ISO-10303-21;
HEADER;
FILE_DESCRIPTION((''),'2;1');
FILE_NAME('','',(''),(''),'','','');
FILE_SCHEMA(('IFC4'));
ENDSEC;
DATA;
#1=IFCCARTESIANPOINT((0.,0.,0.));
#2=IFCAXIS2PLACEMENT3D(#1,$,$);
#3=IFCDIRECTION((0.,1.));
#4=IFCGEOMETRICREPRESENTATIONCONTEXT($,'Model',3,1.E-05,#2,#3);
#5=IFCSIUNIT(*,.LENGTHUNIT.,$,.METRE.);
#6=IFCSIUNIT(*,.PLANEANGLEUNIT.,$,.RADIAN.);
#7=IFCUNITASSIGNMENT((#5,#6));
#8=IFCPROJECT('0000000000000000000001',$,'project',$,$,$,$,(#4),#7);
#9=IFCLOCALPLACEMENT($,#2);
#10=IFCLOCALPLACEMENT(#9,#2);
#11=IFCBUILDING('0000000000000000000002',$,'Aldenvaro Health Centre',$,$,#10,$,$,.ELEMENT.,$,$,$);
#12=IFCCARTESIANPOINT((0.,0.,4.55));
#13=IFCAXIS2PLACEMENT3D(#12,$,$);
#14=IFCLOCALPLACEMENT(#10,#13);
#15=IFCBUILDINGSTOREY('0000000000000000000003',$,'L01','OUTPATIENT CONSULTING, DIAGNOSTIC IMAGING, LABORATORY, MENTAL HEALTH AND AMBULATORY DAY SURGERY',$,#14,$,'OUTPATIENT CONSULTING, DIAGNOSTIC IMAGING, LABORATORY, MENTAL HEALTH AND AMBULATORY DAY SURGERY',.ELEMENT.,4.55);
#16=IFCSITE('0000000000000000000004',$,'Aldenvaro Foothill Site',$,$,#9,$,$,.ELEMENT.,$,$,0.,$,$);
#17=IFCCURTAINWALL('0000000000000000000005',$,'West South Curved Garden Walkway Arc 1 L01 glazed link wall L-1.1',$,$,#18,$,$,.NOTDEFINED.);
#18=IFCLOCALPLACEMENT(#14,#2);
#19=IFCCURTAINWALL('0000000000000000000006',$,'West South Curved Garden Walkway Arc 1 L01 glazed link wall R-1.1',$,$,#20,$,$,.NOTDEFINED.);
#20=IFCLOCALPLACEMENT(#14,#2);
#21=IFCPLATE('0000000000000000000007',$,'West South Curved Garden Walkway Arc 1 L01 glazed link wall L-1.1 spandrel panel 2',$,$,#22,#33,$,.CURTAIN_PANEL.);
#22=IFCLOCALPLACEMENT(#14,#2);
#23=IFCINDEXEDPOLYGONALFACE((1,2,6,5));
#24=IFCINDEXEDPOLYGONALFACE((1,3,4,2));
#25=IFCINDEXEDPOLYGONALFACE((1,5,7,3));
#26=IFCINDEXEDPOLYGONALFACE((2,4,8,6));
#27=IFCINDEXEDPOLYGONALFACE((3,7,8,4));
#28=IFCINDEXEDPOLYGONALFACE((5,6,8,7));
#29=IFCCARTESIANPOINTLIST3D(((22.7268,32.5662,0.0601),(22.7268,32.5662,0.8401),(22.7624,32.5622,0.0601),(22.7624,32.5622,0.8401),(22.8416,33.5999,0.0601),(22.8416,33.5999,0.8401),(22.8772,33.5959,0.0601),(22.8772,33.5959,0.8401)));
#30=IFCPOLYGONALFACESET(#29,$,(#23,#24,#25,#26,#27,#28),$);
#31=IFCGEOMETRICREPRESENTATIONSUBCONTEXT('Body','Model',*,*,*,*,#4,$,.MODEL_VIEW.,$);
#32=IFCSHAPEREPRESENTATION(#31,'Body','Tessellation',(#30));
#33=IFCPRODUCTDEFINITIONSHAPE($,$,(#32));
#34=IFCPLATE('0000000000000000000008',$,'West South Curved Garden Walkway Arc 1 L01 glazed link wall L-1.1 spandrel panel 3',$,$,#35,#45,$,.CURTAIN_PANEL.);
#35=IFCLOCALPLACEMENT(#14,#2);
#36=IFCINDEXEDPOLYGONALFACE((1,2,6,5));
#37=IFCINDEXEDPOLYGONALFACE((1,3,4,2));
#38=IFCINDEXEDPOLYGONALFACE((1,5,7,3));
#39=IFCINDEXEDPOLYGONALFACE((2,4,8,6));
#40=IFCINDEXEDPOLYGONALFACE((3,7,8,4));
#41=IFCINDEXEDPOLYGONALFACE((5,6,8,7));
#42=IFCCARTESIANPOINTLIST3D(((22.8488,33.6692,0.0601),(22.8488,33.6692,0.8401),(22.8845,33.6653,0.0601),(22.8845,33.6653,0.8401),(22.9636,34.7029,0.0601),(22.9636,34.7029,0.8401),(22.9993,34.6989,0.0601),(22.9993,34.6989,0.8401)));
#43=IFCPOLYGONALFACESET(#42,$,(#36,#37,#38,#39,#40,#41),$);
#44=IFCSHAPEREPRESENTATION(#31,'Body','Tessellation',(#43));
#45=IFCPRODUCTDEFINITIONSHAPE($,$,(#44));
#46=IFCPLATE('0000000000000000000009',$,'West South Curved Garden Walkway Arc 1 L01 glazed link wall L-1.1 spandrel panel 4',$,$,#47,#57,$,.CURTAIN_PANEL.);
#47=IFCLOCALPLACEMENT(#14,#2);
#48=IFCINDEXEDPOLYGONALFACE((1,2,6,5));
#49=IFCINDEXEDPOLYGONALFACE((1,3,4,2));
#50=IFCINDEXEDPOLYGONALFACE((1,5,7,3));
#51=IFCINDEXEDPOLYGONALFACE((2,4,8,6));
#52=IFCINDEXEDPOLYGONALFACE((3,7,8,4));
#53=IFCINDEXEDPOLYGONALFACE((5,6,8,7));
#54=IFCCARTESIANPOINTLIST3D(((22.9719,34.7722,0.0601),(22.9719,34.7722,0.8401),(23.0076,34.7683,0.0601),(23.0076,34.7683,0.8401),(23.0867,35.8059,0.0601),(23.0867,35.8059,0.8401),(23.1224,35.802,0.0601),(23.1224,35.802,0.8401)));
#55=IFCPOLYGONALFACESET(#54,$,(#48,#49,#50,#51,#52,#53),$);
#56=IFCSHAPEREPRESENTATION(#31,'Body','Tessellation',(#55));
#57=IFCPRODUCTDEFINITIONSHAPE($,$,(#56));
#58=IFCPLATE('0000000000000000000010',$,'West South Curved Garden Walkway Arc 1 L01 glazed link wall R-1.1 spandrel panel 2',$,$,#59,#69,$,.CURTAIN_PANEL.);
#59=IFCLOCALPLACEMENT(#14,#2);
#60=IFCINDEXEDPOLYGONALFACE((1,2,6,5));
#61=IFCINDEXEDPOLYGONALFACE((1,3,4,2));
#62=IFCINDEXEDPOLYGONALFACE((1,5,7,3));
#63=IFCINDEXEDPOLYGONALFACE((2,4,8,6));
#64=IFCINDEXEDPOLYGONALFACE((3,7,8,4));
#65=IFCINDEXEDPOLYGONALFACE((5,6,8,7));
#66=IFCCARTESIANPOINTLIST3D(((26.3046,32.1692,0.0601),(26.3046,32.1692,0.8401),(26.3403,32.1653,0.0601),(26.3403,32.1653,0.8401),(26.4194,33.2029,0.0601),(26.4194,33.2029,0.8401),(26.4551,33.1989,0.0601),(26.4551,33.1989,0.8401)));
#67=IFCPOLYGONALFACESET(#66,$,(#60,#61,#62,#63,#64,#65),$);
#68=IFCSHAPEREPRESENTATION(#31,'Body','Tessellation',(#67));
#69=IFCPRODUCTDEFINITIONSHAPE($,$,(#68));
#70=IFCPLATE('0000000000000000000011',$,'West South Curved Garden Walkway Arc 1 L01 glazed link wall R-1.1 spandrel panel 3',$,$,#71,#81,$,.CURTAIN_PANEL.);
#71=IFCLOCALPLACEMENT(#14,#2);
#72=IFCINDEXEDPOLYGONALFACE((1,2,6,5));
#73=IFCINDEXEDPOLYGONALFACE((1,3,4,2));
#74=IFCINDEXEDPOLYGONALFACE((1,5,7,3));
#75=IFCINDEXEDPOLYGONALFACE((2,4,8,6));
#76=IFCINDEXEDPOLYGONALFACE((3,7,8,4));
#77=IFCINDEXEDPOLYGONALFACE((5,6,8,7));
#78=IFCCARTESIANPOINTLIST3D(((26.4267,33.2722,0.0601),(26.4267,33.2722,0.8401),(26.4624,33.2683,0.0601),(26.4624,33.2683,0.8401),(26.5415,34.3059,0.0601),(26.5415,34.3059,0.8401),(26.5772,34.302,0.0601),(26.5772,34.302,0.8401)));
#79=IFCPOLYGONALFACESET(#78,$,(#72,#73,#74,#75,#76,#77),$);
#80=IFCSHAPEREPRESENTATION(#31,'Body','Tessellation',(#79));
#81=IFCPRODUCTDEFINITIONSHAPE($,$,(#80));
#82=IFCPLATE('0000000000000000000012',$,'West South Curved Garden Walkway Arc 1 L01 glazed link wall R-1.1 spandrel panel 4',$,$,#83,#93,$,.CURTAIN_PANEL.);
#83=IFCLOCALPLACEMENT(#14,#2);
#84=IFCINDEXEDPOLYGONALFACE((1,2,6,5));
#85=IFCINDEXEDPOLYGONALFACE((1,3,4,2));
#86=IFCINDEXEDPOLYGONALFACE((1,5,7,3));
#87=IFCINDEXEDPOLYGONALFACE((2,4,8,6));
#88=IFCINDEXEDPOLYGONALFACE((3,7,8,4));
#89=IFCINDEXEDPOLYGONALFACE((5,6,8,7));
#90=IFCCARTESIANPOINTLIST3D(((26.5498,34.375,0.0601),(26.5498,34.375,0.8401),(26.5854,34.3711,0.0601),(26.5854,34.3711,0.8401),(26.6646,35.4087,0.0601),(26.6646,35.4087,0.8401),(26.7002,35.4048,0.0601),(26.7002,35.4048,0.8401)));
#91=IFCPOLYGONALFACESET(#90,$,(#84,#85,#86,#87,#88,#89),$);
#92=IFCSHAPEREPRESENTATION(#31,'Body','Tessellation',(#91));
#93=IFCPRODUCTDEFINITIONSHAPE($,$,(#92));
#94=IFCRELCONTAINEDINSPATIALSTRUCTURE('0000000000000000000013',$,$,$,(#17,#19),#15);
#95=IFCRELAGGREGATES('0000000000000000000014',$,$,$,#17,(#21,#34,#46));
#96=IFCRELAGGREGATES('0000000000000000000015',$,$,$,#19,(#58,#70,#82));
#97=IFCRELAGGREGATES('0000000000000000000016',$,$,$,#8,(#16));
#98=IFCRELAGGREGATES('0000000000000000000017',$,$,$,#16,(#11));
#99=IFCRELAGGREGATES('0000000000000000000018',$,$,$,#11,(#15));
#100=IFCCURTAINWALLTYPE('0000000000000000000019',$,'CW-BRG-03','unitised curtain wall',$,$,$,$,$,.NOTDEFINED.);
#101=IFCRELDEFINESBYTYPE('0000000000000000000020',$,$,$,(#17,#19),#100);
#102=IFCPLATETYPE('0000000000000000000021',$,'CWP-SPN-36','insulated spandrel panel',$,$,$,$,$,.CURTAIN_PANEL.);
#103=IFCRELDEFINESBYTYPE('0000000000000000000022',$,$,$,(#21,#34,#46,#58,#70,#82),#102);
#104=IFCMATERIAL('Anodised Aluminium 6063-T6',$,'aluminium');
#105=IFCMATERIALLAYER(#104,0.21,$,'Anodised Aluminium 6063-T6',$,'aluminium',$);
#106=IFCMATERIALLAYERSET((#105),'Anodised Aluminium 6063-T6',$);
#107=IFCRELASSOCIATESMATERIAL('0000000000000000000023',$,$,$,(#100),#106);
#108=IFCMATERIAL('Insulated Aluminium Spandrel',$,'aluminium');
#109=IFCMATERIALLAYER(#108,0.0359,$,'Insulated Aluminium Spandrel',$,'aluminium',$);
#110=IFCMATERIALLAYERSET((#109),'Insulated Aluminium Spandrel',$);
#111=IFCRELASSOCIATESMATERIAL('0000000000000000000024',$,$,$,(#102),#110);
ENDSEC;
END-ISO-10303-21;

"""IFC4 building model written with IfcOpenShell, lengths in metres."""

from ifc_helpers import new_model, si_unit, direction, frame, origin, origin_2d, place, context, subcontext, project, spatial, rectangle, extrude, material, layer, layer_set, type_object, element, aggregate, save


model = new_model("IFC4")

# Units and contexts
model_context = context("Model", 3, precision=1e-05, world=origin(), true_north=direction((0.0, 1.0)))
body_context = subcontext(model_context, "Body", "Model", "MODEL_VIEW")
ifc_project = project(units=[si_unit("LENGTHUNIT", "METRE"), si_unit("PLANEANGLEUNIT", "RADIAN")], contexts=[model_context])

# Site, building, storey
site_placement = place(None, origin())
site = spatial("IfcSite", under=ifc_project, at=site_placement, Name="Aldenvaro Foothill Site", CompositionType="ELEMENT", RefElevation=0.0)
building_placement = place(site_placement, origin())
building = spatial("IfcBuilding", under=site, at=building_placement, Name="Aldenvaro Health Centre", CompositionType="ELEMENT")
storey_placement = place(building_placement, frame((0.0, 0.0, 4.55)))
storey = spatial("IfcBuildingStorey", under=building, at=storey_placement, Name="L01", Description="OUTPATIENT CONSULTING, DIAGNOSTIC IMAGING, LABORATORY, MENTAL HEALTH AND AMBULATORY DAY SURGERY", LongName="OUTPATIENT CONSULTING, DIAGNOSTIC IMAGING, LABORATORY, MENTAL HEALTH AND AMBULATORY DAY SURGERY", CompositionType="ELEMENT", Elevation=4.55)

# Curtain walls
ifc_material_1 = material(Name="Anodised Aluminium 6063-T6", Category="aluminium")
ifc_layer_1 = layer(ifc_material_1, 0.21, Name="Anodised Aluminium 6063-T6", Category="aluminium")
ifc_layer_set_1 = layer_set([ifc_layer_1], Name="Anodised Aluminium 6063-T6")
curtain_wall_type = type_object("IfcCurtainWallType", Name="CW-BRG-03", Description="unitised curtain wall", PredefinedType="NOTDEFINED", material=ifc_layer_set_1)
curtain_wall_1_placement = place(storey_placement, origin())
curtain_wall_1 = element("IfcCurtainWall", 1, at=curtain_wall_1_placement, inside=storey, type_object=curtain_wall_type, Name="West South Curved Garden Walkway Arc 1 L01 glazed link wall L-1.1", PredefinedType="NOTDEFINED")
curtain_wall_2_placement = place(storey_placement, origin())
curtain_wall_2 = element("IfcCurtainWall", 2, at=curtain_wall_2_placement, inside=storey, type_object=curtain_wall_type, Name="West South Curved Garden Walkway Arc 1 L01 glazed link wall R-1.1", PredefinedType="NOTDEFINED")

# Plates
ifc_material_2 = material(Name="Insulated Aluminium Spandrel", Category="aluminium")
ifc_layer_2 = layer(ifc_material_2, 0.0359, Name="Insulated Aluminium Spandrel", Category="aluminium")
ifc_layer_set_2 = layer_set([ifc_layer_2], Name="Insulated Aluminium Spandrel")
plate_type_1 = type_object("IfcPlateType", Name="CWP-SPN-36", Description="insulated spandrel panel", PredefinedType="CURTAIN_PANEL", material=ifc_layer_set_2)
plate_1_placement = place(storey_placement, frame((22.802, 33.0811, 0.0601), z_axis=(0.0, 0.0, 1.0), x_axis=(0.110382, 0.993889, 0.0)))
plate_1 = element("IfcPlate", 3, at=plate_1_placement, type_object=plate_type_1, Name="West South Curved Garden Walkway Arc 1 L01 glazed link wall L-1.1 spandrel panel 2", PredefinedType="CURTAIN_PANEL", context=body_context, shape_type="SweptSolid", body=[
    extrude(rectangle(XDim=1.04, YDim=0.0359, at=origin_2d()), origin(), (0.0, 0.0, 1.0), 0.78),
])
plate_2_placement = place(storey_placement, frame((22.9241, 34.1841, 0.0601), z_axis=(0.0, 0.0, 1.0), x_axis=(0.110382, 0.993889, 0.0)))
plate_2 = element("IfcPlate", 4, at=plate_2_placement, type_object=plate_type_1, Name="West South Curved Garden Walkway Arc 1 L01 glazed link wall L-1.1 spandrel panel 3", PredefinedType="CURTAIN_PANEL", context=body_context, shape_type="SweptSolid", body=[
    extrude(rectangle(XDim=1.04, YDim=0.0359, at=origin_2d()), origin(), (0.0, 0.0, 1.0), 0.78),
])
plate_3_placement = place(storey_placement, frame((23.0471, 35.2871, 0.0601), z_axis=(0.0, 0.0, 1.0), x_axis=(0.110382, 0.993889, 0.0)))
plate_3 = element("IfcPlate", 5, at=plate_3_placement, type_object=plate_type_1, Name="West South Curved Garden Walkway Arc 1 L01 glazed link wall L-1.1 spandrel panel 4", PredefinedType="CURTAIN_PANEL", context=body_context, shape_type="SweptSolid", body=[
    extrude(rectangle(XDim=1.04, YDim=0.0359, at=origin_2d()), origin(), (0.0, 0.0, 1.0), 0.78),
])
aggregate(curtain_wall_1, [plate_1, plate_2, plate_3])
plate_4_placement = place(storey_placement, frame((26.3799, 32.6841, 0.0601), z_axis=(0.0, 0.0, 1.0), x_axis=(0.110382, 0.993889, 0.0)))
plate_4 = element("IfcPlate", 6, at=plate_4_placement, type_object=plate_type_1, Name="West South Curved Garden Walkway Arc 1 L01 glazed link wall R-1.1 spandrel panel 2", PredefinedType="CURTAIN_PANEL", context=body_context, shape_type="SweptSolid", body=[
    extrude(rectangle(XDim=1.04, YDim=0.0359, at=origin_2d()), origin(), (0.0, 0.0, 1.0), 0.78),
])
plate_5_placement = place(storey_placement, frame((26.502, 33.7871, 0.0601), z_axis=(0.0, 0.0, 1.0), x_axis=(0.110382, 0.993889, 0.0)))
plate_5 = element("IfcPlate", 7, at=plate_5_placement, type_object=plate_type_1, Name="West South Curved Garden Walkway Arc 1 L01 glazed link wall R-1.1 spandrel panel 3", PredefinedType="CURTAIN_PANEL", context=body_context, shape_type="SweptSolid", body=[
    extrude(rectangle(XDim=1.04, YDim=0.0359, at=origin_2d()), origin(), (0.0, 0.0, 1.0), 0.78),
])
plate_6_placement = place(storey_placement, frame((26.625, 34.8899, 0.0601), z_axis=(0.0, 0.0, 1.0), x_axis=(0.110382, 0.993889, 0.0)))
plate_6 = element("IfcPlate", 8, at=plate_6_placement, type_object=plate_type_1, Name="West South Curved Garden Walkway Arc 1 L01 glazed link wall R-1.1 spandrel panel 4", PredefinedType="CURTAIN_PANEL", context=body_context, shape_type="SweptSolid", body=[
    extrude(rectangle(XDim=1.04, YDim=0.0359, at=origin_2d()), origin(), (0.0, 0.0, 1.0), 0.78),
])
aggregate(curtain_wall_2, [plate_4, plate_5, plate_6])

save(model, "model.ifc")
